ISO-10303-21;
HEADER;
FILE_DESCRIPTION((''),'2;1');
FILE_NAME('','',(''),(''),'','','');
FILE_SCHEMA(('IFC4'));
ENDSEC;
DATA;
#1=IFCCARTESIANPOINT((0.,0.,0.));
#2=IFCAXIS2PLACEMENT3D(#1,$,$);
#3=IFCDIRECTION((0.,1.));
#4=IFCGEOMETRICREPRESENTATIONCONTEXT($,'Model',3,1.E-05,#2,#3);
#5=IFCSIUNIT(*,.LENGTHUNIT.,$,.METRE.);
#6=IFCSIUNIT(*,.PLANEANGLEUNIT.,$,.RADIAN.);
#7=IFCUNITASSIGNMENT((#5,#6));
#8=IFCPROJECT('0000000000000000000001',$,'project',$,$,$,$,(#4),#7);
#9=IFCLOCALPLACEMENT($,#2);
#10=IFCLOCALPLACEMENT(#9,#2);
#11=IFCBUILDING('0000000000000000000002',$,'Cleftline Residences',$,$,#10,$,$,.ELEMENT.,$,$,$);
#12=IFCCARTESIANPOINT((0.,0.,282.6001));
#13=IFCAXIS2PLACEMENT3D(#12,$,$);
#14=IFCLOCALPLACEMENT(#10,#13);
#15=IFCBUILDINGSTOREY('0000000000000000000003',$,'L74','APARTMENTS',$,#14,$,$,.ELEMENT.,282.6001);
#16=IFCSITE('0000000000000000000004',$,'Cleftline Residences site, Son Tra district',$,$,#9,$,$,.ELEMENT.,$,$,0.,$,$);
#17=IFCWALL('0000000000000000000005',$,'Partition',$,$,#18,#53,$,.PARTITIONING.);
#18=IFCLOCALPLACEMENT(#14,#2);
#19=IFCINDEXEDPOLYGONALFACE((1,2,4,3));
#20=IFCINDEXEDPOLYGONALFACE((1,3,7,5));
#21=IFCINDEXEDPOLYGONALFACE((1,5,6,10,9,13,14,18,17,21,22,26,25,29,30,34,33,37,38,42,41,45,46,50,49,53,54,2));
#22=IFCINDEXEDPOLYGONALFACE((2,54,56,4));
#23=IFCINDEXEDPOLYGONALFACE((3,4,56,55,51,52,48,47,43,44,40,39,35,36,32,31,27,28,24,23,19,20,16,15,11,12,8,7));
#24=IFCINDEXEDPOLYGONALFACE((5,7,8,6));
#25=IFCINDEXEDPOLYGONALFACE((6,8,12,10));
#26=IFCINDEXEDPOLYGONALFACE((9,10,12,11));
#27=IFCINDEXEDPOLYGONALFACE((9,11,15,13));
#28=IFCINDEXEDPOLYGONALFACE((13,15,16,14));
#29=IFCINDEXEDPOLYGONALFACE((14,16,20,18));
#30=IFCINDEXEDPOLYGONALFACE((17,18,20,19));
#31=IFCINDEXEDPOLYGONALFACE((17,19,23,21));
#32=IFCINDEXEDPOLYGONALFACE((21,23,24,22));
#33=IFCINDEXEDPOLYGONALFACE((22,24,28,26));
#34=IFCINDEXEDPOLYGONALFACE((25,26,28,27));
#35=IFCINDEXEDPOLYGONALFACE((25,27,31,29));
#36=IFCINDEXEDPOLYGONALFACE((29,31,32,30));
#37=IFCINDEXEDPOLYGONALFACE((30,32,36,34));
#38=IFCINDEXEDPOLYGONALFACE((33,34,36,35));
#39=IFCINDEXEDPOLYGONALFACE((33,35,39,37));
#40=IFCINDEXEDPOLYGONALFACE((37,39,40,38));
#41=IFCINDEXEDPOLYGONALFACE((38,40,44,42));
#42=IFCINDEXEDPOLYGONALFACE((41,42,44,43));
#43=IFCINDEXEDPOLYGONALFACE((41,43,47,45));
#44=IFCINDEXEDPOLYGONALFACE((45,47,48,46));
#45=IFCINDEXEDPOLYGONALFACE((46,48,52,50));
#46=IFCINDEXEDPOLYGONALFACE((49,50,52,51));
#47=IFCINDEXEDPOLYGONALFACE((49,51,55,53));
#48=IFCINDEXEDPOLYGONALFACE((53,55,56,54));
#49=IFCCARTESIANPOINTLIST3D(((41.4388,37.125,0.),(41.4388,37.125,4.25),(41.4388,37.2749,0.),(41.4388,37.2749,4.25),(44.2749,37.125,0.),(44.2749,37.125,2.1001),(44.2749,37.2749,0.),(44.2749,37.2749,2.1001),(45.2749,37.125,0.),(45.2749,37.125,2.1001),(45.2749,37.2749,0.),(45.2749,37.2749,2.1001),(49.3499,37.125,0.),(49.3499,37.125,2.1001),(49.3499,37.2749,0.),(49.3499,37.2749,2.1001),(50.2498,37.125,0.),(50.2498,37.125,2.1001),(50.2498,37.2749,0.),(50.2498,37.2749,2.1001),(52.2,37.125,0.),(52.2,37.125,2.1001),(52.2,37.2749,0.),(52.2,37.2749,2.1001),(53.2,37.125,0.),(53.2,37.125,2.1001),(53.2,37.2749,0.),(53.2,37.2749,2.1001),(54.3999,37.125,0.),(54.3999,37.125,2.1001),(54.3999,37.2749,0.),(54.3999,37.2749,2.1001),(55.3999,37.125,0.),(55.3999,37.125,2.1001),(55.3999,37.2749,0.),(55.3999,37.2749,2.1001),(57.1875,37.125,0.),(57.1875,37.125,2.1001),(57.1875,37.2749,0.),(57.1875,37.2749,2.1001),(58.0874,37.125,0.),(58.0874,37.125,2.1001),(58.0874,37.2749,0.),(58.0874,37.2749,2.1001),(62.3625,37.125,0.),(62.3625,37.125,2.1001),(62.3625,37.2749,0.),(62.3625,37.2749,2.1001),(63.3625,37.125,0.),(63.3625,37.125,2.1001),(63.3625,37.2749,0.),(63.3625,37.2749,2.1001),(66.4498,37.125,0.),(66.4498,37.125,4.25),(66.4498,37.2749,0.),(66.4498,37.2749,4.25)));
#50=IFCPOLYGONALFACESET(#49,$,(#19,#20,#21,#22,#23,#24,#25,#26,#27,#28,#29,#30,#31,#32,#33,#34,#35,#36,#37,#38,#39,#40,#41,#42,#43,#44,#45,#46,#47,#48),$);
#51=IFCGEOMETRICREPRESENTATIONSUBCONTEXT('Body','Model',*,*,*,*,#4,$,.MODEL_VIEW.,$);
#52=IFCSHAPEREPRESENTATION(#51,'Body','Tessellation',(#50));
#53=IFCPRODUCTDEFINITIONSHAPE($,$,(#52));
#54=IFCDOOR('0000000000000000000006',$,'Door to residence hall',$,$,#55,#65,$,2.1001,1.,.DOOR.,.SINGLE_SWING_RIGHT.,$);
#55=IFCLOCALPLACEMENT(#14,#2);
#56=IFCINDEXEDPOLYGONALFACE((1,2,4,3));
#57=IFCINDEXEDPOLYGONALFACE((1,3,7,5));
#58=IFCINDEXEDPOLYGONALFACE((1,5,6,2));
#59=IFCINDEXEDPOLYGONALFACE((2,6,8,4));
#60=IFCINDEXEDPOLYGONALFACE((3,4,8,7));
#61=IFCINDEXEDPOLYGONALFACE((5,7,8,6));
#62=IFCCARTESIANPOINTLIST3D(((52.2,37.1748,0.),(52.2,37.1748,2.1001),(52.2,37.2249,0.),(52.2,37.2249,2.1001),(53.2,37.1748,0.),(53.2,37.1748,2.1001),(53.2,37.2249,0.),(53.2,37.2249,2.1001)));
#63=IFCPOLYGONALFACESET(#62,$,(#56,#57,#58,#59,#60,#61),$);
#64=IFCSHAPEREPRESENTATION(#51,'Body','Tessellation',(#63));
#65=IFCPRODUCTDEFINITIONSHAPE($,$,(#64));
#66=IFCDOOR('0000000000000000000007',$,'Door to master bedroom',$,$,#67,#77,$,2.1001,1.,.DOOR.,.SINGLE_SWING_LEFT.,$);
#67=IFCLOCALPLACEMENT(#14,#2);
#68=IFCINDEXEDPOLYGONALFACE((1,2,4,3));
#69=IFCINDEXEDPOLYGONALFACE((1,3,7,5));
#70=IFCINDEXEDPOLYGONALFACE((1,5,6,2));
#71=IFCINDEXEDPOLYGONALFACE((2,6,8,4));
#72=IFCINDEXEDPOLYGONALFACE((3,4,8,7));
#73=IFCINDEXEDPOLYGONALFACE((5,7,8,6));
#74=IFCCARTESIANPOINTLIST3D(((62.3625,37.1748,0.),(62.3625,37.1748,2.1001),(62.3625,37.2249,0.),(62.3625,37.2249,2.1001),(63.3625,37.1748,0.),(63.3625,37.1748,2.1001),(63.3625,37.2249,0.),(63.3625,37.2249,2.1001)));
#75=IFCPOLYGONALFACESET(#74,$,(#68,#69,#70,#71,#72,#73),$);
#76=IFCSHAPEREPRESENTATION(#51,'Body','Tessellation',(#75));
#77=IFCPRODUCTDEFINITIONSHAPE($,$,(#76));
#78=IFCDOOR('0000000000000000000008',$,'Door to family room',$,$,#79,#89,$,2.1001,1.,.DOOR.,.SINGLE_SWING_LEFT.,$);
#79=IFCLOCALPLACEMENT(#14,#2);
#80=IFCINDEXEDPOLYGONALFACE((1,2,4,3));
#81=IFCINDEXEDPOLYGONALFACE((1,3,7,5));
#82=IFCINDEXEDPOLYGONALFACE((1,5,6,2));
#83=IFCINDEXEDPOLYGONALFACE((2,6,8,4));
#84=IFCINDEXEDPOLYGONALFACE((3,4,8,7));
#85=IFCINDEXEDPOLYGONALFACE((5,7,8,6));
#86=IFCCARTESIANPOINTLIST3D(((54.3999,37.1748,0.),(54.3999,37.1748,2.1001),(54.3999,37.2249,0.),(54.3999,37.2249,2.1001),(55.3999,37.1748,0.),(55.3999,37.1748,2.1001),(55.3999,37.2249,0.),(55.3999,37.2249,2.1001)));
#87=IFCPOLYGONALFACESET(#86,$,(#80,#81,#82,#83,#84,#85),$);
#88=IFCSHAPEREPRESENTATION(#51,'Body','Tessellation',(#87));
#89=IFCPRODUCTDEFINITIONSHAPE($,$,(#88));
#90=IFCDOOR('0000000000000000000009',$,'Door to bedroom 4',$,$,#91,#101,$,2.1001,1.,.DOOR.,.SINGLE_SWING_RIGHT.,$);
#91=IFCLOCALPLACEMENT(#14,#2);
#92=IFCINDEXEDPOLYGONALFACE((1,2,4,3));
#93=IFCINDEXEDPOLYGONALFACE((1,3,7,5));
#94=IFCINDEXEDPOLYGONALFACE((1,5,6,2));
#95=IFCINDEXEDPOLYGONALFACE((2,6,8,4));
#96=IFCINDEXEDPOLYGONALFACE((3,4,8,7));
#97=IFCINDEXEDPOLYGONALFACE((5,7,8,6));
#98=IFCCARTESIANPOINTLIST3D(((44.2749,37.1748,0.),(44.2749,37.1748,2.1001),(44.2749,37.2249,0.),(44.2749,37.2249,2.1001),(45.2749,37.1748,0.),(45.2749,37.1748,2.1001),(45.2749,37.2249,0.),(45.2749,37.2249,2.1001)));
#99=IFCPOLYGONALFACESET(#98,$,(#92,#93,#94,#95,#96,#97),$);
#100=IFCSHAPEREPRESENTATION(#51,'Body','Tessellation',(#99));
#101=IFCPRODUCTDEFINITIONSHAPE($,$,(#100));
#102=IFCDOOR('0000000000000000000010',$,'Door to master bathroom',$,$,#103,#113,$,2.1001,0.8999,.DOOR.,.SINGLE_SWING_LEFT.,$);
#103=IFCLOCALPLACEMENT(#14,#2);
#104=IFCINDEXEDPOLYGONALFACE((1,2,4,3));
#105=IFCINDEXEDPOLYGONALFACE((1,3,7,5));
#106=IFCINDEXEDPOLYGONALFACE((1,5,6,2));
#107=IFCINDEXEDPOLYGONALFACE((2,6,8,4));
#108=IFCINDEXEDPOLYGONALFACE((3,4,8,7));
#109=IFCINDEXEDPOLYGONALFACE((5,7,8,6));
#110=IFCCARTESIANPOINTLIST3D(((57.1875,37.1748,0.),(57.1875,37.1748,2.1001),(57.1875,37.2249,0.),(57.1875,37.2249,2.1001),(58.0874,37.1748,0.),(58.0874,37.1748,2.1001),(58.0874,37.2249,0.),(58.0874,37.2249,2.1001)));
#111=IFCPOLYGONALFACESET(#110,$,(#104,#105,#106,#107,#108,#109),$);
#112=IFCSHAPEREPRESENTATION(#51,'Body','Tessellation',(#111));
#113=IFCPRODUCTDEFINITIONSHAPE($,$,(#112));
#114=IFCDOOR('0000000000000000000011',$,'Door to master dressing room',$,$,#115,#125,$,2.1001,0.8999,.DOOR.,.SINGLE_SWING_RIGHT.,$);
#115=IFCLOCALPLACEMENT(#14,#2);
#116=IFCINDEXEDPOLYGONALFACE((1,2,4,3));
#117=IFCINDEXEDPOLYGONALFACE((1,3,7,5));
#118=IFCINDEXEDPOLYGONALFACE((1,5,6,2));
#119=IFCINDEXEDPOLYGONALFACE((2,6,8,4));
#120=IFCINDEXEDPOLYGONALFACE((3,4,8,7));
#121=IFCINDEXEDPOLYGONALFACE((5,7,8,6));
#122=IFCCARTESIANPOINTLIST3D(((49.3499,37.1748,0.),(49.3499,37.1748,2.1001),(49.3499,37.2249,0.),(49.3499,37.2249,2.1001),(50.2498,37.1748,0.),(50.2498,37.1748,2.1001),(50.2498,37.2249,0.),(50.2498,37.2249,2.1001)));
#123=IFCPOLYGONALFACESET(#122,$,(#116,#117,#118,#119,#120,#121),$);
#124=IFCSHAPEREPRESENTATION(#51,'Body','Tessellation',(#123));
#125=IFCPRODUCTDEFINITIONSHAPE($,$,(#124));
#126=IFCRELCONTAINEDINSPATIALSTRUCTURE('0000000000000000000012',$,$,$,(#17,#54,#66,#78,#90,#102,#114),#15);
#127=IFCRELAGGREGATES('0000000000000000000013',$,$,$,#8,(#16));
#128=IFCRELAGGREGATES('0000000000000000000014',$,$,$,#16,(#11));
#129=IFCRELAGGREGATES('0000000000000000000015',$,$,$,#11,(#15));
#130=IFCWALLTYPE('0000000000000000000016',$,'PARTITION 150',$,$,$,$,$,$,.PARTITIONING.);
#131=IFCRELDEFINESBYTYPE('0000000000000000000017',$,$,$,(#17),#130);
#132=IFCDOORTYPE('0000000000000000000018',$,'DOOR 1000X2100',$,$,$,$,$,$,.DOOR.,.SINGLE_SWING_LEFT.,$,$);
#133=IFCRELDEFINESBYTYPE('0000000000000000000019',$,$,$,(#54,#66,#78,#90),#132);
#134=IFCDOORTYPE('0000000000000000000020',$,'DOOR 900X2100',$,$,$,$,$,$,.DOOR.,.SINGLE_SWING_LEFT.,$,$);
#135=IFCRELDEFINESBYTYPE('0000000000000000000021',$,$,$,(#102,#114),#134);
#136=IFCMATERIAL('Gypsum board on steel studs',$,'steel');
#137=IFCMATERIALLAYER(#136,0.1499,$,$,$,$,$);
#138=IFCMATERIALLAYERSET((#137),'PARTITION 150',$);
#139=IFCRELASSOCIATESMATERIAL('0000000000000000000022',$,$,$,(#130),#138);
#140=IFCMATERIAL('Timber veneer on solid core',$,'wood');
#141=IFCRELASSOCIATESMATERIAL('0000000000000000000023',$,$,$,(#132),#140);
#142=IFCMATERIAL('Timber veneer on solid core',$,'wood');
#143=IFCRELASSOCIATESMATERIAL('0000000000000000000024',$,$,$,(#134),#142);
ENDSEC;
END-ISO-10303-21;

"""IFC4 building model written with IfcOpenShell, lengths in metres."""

from ifc_helpers import new_model, si_unit, direction, frame, frame_2d, origin, place, context, subcontext, project, spatial, rectangle, extrude, material, layer, layer_set, type_object, element, fill, save


model = new_model("IFC4")

# Units and contexts
model_context = context("Model", 3, precision=1e-05, world=origin(), true_north=direction((0.0, 1.0)))
body_context = subcontext(model_context, "Body", "Model", "MODEL_VIEW")
ifc_project = project(units=[si_unit("LENGTHUNIT", "METRE"), si_unit("PLANEANGLEUNIT", "RADIAN")], contexts=[model_context])

# Site, building, storey
site_placement = place(None, origin())
site = spatial("IfcSite", under=ifc_project, at=site_placement, Name="Cleftline Residences site, Son Tra district", CompositionType="ELEMENT", RefElevation=0.0)
building_placement = place(site_placement, origin())
building = spatial("IfcBuilding", under=site, at=building_placement, Name="Cleftline Residences", CompositionType="ELEMENT")
storey_placement = place(building_placement, frame((0.0, 0.0, 282.6001)))
storey = spatial("IfcBuildingStorey", under=building, at=storey_placement, Name="L74", Description="APARTMENTS", CompositionType="ELEMENT", Elevation=282.6001)

# Shared definitions
ifc_material_1 = material(Name="Gypsum board on steel studs", Category="steel")
ifc_layer_1 = layer(ifc_material_1, 0.1499)
ifc_layer_set_1 = layer_set([ifc_layer_1], Name="PARTITION 150")
wall_type_1 = type_object("IfcWallType", Name="PARTITION 150", PredefinedType="PARTITIONING", material=ifc_layer_set_1)

# Wall, openings, doors
wall_1_placement = place(storey_placement, frame((41.439, 37.2, 0.0), z_axis=(0.0, 0.0, 1.0), x_axis=(1.0, 0.0, 0.0)))
wall_1 = element("IfcWall", 1, at=wall_1_placement, inside=storey, type_object=wall_type_1, Name="Partition", PredefinedType="PARTITIONING", context=body_context, shape_type="SweptSolid", body=[
    extrude(rectangle(XDim=25.011, YDim=0.1499, at=frame_2d((12.5054, 0.0))), origin(), (0.0, 0.0, 1.0), 4.25),
])
opening_1_placement = place(wall_1_placement, frame((10.761, 0.0, 0.0)))
opening_1 = element("IfcOpeningElement", 2, at=opening_1_placement, cuts=wall_1, PredefinedType="OPENING", context=body_context, shape_type="SweptSolid", body=[
    extrude(rectangle(XDim=1.0, YDim=2.1001, at=frame_2d((0.5, 1.05))), frame((0.0, 0.085, 0.0), z_axis=(0.0, -1.0, 0.0), x_axis=(1.0, 0.0, 0.0)), (0.0, 0.0, 1.0), 0.1699),
])
opening_2_placement = place(wall_1_placement, frame((20.9236, 0.0, 0.0)))
opening_2 = element("IfcOpeningElement", 3, at=opening_2_placement, cuts=wall_1, PredefinedType="OPENING", context=body_context, shape_type="SweptSolid", body=[
    extrude(rectangle(XDim=1.0, YDim=2.1001, at=frame_2d((0.5, 1.05))), frame((0.0, 0.085, 0.0), z_axis=(0.0, -1.0, 0.0), x_axis=(1.0, 0.0, 0.0)), (0.0, 0.0, 1.0), 0.1699),
])
opening_3_placement = place(wall_1_placement, frame((15.7485, 0.0, 0.0)))
opening_3 = element("IfcOpeningElement", 4, at=opening_3_placement, cuts=wall_1, PredefinedType="OPENING", context=body_context, shape_type="SweptSolid", body=[
    extrude(rectangle(XDim=0.8999, YDim=2.1001, at=frame_2d((0.45, 1.05))), frame((0.0, 0.085, 0.0), z_axis=(0.0, -1.0, 0.0), x_axis=(1.0, 0.0, 0.0)), (0.0, 0.0, 1.0), 0.1699),
])
opening_4_placement = place(wall_1_placement, frame((12.9609, 0.0, 0.0)))
opening_4 = element("IfcOpeningElement", 5, at=opening_4_placement, cuts=wall_1, PredefinedType="OPENING", context=body_context, shape_type="SweptSolid", body=[
    extrude(rectangle(XDim=1.0, YDim=2.1001, at=frame_2d((0.5, 1.05))), frame((0.0, 0.085, 0.0), z_axis=(0.0, -1.0, 0.0), x_axis=(1.0, 0.0, 0.0)), (0.0, 0.0, 1.0), 0.1699),
])
opening_5_placement = place(wall_1_placement, frame((7.9109, 0.0, 0.0)))
opening_5 = element("IfcOpeningElement", 6, at=opening_5_placement, cuts=wall_1, PredefinedType="OPENING", context=body_context, shape_type="SweptSolid", body=[
    extrude(rectangle(XDim=0.8999, YDim=2.1001, at=frame_2d((0.45, 1.05))), frame((0.0, 0.085, 0.0), z_axis=(0.0, -1.0, 0.0), x_axis=(1.0, 0.0, 0.0)), (0.0, 0.0, 1.0), 0.1699),
])
opening_6_placement = place(wall_1_placement, frame((2.8359, 0.0, 0.0)))
opening_6 = element("IfcOpeningElement", 7, at=opening_6_placement, cuts=wall_1, PredefinedType="OPENING", context=body_context, shape_type="SweptSolid", body=[
    extrude(rectangle(XDim=1.0, YDim=2.1001, at=frame_2d((0.5, 1.05))), frame((0.0, 0.085, 0.0), z_axis=(0.0, -1.0, 0.0), x_axis=(1.0, 0.0, 0.0)), (0.0, 0.0, 1.0), 0.1699),
])
ifc_material_2 = material(Name="Timber veneer on solid core", Category="wood")
door_type_1 = type_object("IfcDoorType", Name="DOOR 1000X2100", OperationType="SINGLE_SWING_LEFT", PredefinedType="DOOR", material=ifc_material_2)
door_1_placement = place(opening_1_placement, origin())
door_1 = element("IfcDoor", 8, at=door_1_placement, inside=storey, type_object=door_type_1, Name="Door to residence hall", OperationType="SINGLE_SWING_RIGHT", OverallHeight=2.1001, OverallWidth=1.0, PredefinedType="DOOR", context=body_context, shape_type="SweptSolid", body=[
    extrude(rectangle(XDim=1.0, YDim=2.1001, at=frame_2d((0.5, 1.05))), frame((0.0, 0.0249, 0.0), z_axis=(0.0, -1.0, 0.0), x_axis=(1.0, 0.0, 0.0)), (0.0, 0.0, 1.0), 0.05),
])
fill(opening_1, door_1)
door_2_placement = place(opening_2_placement, origin())
door_2 = element("IfcDoor", 9, at=door_2_placement, inside=storey, type_object=door_type_1, Name="Door to master bedroom", OperationType="SINGLE_SWING_LEFT", OverallHeight=2.1001, OverallWidth=1.0, PredefinedType="DOOR", context=body_context, shape_type="SweptSolid", body=[
    extrude(rectangle(XDim=1.0, YDim=2.1001, at=frame_2d((0.5, 1.05))), frame((0.0, 0.0249, 0.0), z_axis=(0.0, -1.0, 0.0), x_axis=(1.0, 0.0, 0.0)), (0.0, 0.0, 1.0), 0.05),
])
fill(opening_2, door_2)
door_3_placement = place(opening_4_placement, origin())
door_3 = element("IfcDoor", 10, at=door_3_placement, inside=storey, type_object=door_type_1, Name="Door to family room", OperationType="SINGLE_SWING_LEFT", OverallHeight=2.1001, OverallWidth=1.0, PredefinedType="DOOR", context=body_context, shape_type="SweptSolid", body=[
    extrude(rectangle(XDim=1.0, YDim=2.1001, at=frame_2d((0.5, 1.05))), frame((0.0, 0.0249, 0.0), z_axis=(0.0, -1.0, 0.0), x_axis=(1.0, 0.0, 0.0)), (0.0, 0.0, 1.0), 0.05),
])
fill(opening_4, door_3)
door_4_placement = place(opening_6_placement, origin())
door_4 = element("IfcDoor", 11, at=door_4_placement, inside=storey, type_object=door_type_1, Name="Door to bedroom 4", OperationType="SINGLE_SWING_RIGHT", OverallHeight=2.1001, OverallWidth=1.0, PredefinedType="DOOR", context=body_context, shape_type="SweptSolid", body=[
    extrude(rectangle(XDim=1.0, YDim=2.1001, at=frame_2d((0.5, 1.05))), frame((0.0, 0.0249, 0.0), z_axis=(0.0, -1.0, 0.0), x_axis=(1.0, 0.0, 0.0)), (0.0, 0.0, 1.0), 0.05),
])
fill(opening_6, door_4)
ifc_material_3 = material(Name="Timber veneer on solid core", Category="wood")
door_type_2 = type_object("IfcDoorType", Name="DOOR 900X2100", OperationType="SINGLE_SWING_LEFT", PredefinedType="DOOR", material=ifc_material_3)
door_5_placement = place(opening_3_placement, origin())
door_5 = element("IfcDoor", 12, at=door_5_placement, inside=storey, type_object=door_type_2, Name="Door to master bathroom", OperationType="SINGLE_SWING_LEFT", OverallHeight=2.1001, OverallWidth=0.8999, PredefinedType="DOOR", context=body_context, shape_type="SweptSolid", body=[
    extrude(rectangle(XDim=0.8999, YDim=2.1001, at=frame_2d((0.45, 1.05))), frame((0.0, 0.0249, 0.0), z_axis=(0.0, -1.0, 0.0), x_axis=(1.0, 0.0, 0.0)), (0.0, 0.0, 1.0), 0.05),
])
fill(opening_3, door_5)
door_6_placement = place(opening_5_placement, origin())
door_6 = element("IfcDoor", 13, at=door_6_placement, inside=storey, type_object=door_type_2, Name="Door to master dressing room", OperationType="SINGLE_SWING_RIGHT", OverallHeight=2.1001, OverallWidth=0.8999, PredefinedType="DOOR", context=body_context, shape_type="SweptSolid", body=[
    extrude(rectangle(XDim=0.8999, YDim=2.1001, at=frame_2d((0.45, 1.05))), frame((0.0, 0.0249, 0.0), z_axis=(0.0, -1.0, 0.0), x_axis=(1.0, 0.0, 0.0)), (0.0, 0.0, 1.0), 0.05),
])
fill(opening_5, door_6)

save(model, "model.ifc")
